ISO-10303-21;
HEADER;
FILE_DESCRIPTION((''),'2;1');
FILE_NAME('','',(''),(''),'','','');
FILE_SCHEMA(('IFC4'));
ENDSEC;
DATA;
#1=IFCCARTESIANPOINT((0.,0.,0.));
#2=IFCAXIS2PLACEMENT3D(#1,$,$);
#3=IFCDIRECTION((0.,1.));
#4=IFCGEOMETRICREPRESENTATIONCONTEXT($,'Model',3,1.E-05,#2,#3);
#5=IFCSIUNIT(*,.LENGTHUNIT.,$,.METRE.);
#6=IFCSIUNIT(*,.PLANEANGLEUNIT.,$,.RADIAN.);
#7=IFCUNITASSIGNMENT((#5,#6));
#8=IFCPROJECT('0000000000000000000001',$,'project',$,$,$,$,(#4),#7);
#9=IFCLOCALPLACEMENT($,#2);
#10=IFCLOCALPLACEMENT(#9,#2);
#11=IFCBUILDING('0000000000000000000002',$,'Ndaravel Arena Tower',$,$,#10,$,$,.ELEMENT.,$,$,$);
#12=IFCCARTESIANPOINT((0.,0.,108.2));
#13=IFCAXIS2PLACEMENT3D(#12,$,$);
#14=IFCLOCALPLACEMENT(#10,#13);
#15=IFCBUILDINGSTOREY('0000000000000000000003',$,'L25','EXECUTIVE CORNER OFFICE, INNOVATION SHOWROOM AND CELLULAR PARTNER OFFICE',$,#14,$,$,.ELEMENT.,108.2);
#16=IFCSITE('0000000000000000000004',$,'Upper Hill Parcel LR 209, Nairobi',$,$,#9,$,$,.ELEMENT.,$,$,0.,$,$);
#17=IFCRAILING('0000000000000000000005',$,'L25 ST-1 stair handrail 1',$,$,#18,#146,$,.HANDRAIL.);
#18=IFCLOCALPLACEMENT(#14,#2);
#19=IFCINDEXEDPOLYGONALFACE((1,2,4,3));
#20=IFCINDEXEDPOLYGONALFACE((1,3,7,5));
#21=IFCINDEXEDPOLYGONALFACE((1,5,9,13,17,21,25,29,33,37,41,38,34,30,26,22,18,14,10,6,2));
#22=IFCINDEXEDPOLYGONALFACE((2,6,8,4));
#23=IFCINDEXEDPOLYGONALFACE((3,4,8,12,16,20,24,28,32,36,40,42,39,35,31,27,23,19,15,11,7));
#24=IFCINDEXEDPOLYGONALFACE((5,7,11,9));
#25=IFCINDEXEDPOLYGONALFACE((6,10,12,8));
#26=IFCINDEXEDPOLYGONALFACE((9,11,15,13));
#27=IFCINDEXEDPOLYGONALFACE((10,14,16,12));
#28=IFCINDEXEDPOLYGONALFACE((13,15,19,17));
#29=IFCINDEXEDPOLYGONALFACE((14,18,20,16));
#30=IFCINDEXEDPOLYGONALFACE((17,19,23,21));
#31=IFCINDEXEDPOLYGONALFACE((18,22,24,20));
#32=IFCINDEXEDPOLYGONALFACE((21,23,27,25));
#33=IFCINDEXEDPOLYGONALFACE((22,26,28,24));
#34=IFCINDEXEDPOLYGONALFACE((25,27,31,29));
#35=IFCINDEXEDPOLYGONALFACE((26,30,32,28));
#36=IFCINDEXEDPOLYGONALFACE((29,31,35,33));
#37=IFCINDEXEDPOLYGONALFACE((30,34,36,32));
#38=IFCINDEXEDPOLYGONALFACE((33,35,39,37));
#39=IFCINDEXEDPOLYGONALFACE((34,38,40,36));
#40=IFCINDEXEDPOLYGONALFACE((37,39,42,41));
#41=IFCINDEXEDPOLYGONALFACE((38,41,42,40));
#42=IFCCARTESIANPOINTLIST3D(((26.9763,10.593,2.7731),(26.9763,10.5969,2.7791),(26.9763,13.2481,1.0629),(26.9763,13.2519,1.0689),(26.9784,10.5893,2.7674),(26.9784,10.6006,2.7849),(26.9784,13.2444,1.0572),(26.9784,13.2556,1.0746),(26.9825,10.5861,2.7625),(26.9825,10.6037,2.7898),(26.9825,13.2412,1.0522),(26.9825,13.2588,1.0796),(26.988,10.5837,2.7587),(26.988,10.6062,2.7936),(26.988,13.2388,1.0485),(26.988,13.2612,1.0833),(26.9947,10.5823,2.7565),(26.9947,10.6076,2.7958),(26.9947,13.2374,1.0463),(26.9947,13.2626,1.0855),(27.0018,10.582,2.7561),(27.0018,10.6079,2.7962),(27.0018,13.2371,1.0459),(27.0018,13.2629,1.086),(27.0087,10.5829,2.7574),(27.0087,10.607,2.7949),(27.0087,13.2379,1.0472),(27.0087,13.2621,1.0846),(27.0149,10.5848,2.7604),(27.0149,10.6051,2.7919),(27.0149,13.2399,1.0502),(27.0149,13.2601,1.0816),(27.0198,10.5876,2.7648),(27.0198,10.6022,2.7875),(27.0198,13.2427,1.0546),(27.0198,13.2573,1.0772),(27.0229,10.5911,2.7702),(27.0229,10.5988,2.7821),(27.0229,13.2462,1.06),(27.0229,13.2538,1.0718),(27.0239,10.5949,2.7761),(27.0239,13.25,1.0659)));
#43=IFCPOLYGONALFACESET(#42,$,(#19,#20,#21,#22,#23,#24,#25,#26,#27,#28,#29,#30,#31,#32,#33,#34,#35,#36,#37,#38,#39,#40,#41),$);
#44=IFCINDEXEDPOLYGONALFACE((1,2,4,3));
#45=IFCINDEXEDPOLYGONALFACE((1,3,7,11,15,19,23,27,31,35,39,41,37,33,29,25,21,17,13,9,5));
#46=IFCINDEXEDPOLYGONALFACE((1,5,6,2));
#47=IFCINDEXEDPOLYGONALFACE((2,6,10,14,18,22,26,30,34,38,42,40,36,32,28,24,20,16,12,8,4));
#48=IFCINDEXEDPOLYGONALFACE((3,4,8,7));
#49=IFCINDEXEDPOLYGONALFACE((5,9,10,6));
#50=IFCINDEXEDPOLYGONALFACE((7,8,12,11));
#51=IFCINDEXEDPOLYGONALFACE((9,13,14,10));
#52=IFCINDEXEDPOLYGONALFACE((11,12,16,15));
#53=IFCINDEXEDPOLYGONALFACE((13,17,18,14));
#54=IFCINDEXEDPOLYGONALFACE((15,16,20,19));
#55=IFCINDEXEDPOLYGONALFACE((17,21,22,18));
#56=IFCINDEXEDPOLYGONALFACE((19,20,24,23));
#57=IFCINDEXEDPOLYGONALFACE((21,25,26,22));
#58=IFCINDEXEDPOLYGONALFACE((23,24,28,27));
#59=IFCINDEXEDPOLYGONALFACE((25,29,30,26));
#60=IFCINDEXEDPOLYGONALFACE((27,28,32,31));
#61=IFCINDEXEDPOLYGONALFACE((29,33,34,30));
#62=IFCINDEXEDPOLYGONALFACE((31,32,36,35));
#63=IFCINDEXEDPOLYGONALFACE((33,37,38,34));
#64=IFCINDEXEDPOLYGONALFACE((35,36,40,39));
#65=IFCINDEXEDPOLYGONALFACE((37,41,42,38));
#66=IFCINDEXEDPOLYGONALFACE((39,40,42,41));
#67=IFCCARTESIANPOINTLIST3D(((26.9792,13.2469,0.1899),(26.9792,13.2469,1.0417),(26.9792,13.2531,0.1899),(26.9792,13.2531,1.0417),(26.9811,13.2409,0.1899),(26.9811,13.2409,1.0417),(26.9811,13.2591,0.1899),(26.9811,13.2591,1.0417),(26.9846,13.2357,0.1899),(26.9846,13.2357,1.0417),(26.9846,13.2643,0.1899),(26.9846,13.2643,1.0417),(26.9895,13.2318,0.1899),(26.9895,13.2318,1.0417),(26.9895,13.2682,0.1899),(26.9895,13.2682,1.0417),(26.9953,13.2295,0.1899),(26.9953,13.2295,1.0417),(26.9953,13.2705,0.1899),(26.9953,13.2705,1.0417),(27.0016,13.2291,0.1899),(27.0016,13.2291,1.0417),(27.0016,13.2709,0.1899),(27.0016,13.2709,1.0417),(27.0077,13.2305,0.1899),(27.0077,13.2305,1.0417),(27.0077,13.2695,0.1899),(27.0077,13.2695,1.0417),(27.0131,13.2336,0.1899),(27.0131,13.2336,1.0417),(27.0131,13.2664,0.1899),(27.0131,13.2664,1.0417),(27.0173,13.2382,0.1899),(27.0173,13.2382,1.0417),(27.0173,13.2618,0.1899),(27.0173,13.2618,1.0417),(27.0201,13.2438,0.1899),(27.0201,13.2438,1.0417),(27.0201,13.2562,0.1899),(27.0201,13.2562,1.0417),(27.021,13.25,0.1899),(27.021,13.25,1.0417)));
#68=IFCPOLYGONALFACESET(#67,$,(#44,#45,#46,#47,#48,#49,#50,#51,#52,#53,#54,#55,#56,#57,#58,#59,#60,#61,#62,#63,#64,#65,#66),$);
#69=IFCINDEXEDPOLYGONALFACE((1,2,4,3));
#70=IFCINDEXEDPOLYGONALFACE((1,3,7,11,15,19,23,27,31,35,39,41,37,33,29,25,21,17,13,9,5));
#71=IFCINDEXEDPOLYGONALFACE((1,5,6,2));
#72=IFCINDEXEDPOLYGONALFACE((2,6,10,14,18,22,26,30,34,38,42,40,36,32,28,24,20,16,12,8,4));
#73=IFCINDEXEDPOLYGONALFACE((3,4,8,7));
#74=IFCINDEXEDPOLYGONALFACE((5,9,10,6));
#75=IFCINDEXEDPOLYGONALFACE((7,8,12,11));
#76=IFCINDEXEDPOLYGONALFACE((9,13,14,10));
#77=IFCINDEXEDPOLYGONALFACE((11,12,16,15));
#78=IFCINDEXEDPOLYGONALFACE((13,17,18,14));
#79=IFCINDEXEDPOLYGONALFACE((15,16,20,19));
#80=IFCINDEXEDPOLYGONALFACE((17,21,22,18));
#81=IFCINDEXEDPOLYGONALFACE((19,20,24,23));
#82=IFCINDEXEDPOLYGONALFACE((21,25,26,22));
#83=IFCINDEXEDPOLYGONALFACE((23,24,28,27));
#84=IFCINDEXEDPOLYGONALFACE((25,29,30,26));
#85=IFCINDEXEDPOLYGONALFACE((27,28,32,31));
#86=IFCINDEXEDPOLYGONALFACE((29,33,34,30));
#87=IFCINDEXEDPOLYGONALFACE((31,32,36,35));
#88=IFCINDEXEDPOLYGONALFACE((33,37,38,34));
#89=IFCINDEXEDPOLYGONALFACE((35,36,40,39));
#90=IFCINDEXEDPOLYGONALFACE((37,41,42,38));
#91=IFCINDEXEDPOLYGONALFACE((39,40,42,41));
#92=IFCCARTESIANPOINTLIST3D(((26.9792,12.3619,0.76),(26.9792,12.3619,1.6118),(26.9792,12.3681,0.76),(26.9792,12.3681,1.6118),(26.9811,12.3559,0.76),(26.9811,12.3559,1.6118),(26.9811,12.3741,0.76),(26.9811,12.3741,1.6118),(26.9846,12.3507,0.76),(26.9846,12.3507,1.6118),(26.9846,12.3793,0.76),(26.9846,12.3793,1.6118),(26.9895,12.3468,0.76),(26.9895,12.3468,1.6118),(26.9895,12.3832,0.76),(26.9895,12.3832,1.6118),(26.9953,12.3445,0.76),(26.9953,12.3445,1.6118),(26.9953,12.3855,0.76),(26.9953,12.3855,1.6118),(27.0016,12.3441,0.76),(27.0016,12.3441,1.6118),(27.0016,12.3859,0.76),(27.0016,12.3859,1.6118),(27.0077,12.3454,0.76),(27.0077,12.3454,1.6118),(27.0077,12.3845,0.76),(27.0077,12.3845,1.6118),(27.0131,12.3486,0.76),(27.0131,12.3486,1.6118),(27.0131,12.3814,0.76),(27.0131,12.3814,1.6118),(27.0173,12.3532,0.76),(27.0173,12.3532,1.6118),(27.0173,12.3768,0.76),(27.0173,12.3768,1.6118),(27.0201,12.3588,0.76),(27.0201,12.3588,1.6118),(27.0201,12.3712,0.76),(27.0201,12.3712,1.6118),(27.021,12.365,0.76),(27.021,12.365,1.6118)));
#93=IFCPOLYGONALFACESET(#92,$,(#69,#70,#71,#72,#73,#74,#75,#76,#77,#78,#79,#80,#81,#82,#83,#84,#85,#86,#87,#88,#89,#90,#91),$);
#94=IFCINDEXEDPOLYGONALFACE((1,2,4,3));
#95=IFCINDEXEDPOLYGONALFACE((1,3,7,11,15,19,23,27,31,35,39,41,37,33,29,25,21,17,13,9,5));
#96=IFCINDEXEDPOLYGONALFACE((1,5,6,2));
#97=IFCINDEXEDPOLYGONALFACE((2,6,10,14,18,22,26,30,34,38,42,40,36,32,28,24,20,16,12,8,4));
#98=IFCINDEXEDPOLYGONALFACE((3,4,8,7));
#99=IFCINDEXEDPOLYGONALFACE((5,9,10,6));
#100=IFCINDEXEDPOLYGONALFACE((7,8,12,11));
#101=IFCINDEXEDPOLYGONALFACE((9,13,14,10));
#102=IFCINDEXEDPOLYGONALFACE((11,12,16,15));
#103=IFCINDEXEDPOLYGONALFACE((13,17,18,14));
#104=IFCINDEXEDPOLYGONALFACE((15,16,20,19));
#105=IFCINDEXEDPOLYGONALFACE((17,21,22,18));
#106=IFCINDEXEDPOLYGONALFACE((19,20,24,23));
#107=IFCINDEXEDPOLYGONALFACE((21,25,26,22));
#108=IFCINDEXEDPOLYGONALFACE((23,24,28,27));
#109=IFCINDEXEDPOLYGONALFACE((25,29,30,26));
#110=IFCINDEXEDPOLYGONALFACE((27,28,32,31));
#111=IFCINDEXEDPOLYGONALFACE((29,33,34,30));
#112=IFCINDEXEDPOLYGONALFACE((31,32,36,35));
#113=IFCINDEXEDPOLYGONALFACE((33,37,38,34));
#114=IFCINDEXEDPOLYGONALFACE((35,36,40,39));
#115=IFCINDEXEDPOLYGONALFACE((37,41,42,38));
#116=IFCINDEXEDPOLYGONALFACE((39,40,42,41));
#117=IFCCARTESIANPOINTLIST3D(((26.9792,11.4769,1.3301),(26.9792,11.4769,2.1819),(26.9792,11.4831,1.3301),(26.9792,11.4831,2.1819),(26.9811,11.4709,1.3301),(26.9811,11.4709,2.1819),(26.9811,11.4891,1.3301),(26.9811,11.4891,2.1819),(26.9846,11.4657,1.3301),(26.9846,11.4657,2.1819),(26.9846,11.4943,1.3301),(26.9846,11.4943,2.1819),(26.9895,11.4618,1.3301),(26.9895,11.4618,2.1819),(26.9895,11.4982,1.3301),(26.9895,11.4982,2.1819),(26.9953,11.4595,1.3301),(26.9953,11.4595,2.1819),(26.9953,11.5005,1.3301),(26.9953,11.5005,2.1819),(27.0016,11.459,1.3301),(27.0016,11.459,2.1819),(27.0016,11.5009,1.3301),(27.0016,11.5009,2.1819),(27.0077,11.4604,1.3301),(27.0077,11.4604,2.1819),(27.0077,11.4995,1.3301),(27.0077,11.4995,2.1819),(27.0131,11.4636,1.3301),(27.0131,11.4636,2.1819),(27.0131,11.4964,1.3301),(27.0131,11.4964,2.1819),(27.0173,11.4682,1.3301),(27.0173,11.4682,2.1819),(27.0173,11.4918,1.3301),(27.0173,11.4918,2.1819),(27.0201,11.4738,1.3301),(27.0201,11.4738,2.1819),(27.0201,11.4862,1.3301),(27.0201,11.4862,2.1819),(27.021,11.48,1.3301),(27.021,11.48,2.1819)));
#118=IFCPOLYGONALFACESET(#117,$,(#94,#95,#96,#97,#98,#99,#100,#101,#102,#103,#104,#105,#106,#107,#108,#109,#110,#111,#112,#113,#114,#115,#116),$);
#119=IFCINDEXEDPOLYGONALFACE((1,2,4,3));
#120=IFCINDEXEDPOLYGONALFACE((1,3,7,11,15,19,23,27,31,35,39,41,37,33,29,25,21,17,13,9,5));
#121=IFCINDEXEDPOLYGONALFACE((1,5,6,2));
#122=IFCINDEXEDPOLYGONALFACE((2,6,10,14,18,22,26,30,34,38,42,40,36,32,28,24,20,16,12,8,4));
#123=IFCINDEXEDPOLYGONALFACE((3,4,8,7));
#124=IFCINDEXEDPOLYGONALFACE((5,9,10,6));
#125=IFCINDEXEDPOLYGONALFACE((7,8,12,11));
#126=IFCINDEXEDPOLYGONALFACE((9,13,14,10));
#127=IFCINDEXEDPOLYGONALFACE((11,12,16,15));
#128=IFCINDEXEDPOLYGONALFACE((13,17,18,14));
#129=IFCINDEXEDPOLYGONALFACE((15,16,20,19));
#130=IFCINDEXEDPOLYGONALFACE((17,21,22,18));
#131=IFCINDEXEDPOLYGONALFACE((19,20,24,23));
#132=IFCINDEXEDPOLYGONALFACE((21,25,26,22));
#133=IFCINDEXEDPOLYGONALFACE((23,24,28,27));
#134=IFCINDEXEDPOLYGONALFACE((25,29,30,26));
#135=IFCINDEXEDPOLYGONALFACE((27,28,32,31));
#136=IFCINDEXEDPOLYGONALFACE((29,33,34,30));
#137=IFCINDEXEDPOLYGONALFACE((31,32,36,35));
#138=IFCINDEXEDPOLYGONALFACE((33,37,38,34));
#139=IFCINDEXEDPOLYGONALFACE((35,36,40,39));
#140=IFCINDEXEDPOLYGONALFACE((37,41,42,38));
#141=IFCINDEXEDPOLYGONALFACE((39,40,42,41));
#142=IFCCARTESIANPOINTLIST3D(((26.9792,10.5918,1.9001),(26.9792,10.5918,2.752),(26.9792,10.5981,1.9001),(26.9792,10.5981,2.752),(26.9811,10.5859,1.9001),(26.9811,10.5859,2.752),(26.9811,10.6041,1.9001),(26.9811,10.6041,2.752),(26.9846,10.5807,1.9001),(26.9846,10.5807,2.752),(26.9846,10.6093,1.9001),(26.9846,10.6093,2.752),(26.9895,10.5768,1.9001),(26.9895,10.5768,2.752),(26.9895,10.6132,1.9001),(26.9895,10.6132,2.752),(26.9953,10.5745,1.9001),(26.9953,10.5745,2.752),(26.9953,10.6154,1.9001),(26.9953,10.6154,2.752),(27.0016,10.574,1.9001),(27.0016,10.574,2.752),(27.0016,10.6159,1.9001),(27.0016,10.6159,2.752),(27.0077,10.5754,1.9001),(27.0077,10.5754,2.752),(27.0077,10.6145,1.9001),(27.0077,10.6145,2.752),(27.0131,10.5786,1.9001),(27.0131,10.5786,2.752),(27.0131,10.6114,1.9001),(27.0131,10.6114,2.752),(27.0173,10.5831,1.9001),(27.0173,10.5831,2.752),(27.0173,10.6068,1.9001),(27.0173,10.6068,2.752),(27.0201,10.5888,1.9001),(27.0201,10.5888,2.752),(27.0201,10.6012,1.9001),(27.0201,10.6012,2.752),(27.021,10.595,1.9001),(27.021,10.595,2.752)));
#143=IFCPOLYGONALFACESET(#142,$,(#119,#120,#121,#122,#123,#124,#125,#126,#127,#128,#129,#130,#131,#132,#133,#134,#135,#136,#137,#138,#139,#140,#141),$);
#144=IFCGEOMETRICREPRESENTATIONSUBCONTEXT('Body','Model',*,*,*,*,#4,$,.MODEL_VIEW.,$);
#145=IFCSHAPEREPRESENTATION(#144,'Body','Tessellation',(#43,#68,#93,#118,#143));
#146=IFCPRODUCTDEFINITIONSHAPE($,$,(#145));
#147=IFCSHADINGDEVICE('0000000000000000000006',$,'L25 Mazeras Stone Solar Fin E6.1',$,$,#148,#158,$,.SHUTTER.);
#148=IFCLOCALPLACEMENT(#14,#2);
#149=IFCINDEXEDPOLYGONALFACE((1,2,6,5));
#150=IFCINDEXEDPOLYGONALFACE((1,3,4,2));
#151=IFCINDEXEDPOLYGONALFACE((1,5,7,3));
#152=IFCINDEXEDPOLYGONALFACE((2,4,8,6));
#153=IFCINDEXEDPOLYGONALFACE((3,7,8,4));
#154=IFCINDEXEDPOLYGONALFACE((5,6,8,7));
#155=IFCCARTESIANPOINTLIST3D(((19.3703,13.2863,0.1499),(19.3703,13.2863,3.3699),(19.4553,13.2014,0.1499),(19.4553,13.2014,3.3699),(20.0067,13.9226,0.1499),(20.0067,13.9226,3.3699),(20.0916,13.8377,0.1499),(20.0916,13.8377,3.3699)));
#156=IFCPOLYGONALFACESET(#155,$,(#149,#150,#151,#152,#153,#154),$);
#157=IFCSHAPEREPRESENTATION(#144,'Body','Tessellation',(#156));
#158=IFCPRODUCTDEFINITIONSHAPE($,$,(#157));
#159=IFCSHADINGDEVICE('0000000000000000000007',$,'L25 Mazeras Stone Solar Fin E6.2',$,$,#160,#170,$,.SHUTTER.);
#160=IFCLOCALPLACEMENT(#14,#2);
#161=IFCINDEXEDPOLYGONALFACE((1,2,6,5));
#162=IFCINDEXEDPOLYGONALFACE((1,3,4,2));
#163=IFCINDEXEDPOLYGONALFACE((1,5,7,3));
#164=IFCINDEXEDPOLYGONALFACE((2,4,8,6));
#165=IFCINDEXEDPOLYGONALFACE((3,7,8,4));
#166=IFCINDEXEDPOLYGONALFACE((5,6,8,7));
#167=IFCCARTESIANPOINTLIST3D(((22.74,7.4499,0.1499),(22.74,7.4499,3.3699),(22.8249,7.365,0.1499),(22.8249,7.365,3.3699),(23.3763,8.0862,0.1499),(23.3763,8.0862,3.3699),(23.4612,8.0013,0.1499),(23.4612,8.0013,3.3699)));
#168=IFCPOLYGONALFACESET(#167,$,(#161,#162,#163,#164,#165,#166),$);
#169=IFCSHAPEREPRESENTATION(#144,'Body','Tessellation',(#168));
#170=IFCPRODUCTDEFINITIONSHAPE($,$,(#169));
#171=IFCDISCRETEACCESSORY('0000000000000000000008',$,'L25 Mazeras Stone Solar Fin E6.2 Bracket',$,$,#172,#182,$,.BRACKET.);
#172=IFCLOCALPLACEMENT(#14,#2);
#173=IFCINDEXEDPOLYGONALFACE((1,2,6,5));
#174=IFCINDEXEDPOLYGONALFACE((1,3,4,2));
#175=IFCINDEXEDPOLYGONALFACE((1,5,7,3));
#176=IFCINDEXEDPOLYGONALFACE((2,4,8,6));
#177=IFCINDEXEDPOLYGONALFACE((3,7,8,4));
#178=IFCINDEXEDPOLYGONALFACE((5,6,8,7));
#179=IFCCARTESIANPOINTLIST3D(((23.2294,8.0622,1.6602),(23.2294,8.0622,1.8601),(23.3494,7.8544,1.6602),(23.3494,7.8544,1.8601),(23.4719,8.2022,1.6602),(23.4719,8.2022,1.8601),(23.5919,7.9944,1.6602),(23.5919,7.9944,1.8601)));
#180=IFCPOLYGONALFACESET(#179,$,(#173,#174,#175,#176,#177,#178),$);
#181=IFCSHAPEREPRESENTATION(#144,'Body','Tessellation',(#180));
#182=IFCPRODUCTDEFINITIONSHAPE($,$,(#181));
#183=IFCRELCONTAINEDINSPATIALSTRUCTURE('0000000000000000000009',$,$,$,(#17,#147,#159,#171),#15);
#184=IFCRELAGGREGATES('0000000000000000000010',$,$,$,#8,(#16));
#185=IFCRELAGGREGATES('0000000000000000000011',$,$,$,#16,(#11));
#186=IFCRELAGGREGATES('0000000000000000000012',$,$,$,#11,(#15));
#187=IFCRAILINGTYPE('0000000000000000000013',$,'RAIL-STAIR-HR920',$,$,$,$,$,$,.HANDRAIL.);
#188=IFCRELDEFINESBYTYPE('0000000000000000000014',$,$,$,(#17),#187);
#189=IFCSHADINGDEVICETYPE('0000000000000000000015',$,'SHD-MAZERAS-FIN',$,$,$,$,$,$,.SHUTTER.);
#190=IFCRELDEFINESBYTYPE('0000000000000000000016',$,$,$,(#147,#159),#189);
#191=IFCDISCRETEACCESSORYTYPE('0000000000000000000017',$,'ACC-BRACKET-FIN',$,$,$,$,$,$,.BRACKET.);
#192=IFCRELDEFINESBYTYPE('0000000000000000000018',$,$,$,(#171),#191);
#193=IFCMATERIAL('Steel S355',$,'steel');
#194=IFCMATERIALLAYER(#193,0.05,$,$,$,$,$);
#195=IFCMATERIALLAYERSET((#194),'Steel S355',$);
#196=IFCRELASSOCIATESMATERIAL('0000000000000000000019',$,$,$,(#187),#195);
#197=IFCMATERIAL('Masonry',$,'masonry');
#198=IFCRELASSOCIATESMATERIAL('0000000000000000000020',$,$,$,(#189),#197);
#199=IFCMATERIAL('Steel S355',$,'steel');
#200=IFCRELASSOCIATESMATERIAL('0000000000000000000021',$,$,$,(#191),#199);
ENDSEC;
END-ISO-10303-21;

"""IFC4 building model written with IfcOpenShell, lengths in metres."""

from ifc_helpers import new_model, si_unit, direction, frame, origin, origin_2d, place, context, subcontext, project, spatial, rectangle, circle, extrude, material, layer, layer_set, type_object, element, save


model = new_model("IFC4")

# Units and contexts
model_context = context("Model", 3, precision=1e-05, world=origin(), true_north=direction((0.0, 1.0)))
body_context = subcontext(model_context, "Body", "Model", "MODEL_VIEW")
ifc_project = project(units=[si_unit("LENGTHUNIT", "METRE"), si_unit("PLANEANGLEUNIT", "RADIAN")], contexts=[model_context])

# Site, building, storey
site_placement = place(None, origin())
site = spatial("IfcSite", under=ifc_project, at=site_placement, Name="Upper Hill Parcel LR 209, Nairobi", CompositionType="ELEMENT", RefElevation=0.0)
building_placement = place(site_placement, origin())
building = spatial("IfcBuilding", under=site, at=building_placement, Name="Ndaravel Arena Tower", CompositionType="ELEMENT")
storey_placement = place(building_placement, frame((0.0, 0.0, 108.2)))
storey = spatial("IfcBuildingStorey", under=building, at=storey_placement, Name="L25", Description="EXECUTIVE CORNER OFFICE, INNOVATION SHOWROOM AND CELLULAR PARTNER OFFICE", CompositionType="ELEMENT", Elevation=108.2)

# Railing
ifc_material_1 = material(Name="Steel S355", Category="steel")
ifc_layer_1 = layer(ifc_material_1, 0.05)
ifc_layer_set_1 = layer_set([ifc_layer_1], Name="Steel S355")
railing_type_1 = type_object("IfcRailingType", Name="RAIL-STAIR-HR920", PredefinedType="HANDRAIL", material=ifc_layer_set_1)
railing_1_placement = place(storey_placement, frame((27.0, 13.25, 0.1899)))
element("IfcRailing", 1, at=railing_1_placement, inside=storey, type_object=railing_type_1, Name="L25 ST-1 stair handrail 1", PredefinedType="HANDRAIL", context=body_context, shape_type="SweptSolid", body=[
    extrude(circle(Radius=0.0239, at=origin_2d()), frame((0.0, 0.0, 0.876), z_axis=(0.0, -0.840688, 0.541519), x_axis=(1.0, 0.0, 0.0)), (0.0, 0.0, 1.0), 3.1582),
    extrude(circle(Radius=0.021, at=origin_2d()), origin(), (0.0, 0.0, 1.0), 0.8518),
    extrude(circle(Radius=0.021, at=origin_2d()), frame((0.0, -0.885, 0.5701)), (0.0, 0.0, 1.0), 0.8518),
    extrude(circle(Radius=0.021, at=origin_2d()), frame((0.0, -1.77, 1.1401)), (0.0, 0.0, 1.0), 0.8518),
    extrude(circle(Radius=0.021, at=origin_2d()), frame((0.0, -2.655, 1.7102)), (0.0, 0.0, 1.0), 0.8518),
])

# Shading devices
ifc_material_2 = material(Name="Masonry", Category="masonry")
shading_device_type = type_object("IfcShadingDeviceType", Name="SHD-MAZERAS-FIN", PredefinedType="SHUTTER", material=ifc_material_2)
for number, where, z_axis, x_axis, name in (
    (2, (19.731, 13.562, 0.1499), (0.0, 0.0, 1.0), (-0.707107, -0.707107, 0.0), "L25 Mazeras Stone Solar Fin E6.1"),
    (3, (23.1006, 7.7256, 0.1499), (0.0, 0.0, 1.0), (-0.707107, -0.707107, 0.0), "L25 Mazeras Stone Solar Fin E6.2"),
):
    element("IfcShadingDevice", number, at=place(storey_placement, frame(where, z_axis=z_axis, x_axis=x_axis)), inside=storey, type_object=shading_device_type, Name=name, PredefinedType="SHUTTER", context=body_context, shape_type="SweptSolid", body=[
        extrude(rectangle(XDim=0.8999, YDim=0.1201, at=origin_2d()), origin(), (0.0, 0.0, 1.0), 3.22),
    ])

# Discrete accessory
ifc_material_3 = material(Name="Steel S355", Category="steel")
discrete_accessory_type = type_object("IfcDiscreteAccessoryType", Name="ACC-BRACKET-FIN", PredefinedType="BRACKET", material=ifc_material_3)
discrete_accessory_placement = place(storey_placement, frame((23.4106, 8.0283, 1.6602), z_axis=(0.0, 0.0, 1.0), x_axis=(-0.866025, -0.5, 0.0)))
element("IfcDiscreteAccessory", 4, at=discrete_accessory_placement, inside=storey, type_object=discrete_accessory_type, Name="L25 Mazeras Stone Solar Fin E6.2 Bracket", PredefinedType="BRACKET", context=body_context, shape_type="SweptSolid", body=[
    extrude(rectangle(XDim=0.28, YDim=0.24, at=origin_2d()), origin(), (0.0, 0.0, 1.0), 0.2),
])

save(model, "model.ifc")
